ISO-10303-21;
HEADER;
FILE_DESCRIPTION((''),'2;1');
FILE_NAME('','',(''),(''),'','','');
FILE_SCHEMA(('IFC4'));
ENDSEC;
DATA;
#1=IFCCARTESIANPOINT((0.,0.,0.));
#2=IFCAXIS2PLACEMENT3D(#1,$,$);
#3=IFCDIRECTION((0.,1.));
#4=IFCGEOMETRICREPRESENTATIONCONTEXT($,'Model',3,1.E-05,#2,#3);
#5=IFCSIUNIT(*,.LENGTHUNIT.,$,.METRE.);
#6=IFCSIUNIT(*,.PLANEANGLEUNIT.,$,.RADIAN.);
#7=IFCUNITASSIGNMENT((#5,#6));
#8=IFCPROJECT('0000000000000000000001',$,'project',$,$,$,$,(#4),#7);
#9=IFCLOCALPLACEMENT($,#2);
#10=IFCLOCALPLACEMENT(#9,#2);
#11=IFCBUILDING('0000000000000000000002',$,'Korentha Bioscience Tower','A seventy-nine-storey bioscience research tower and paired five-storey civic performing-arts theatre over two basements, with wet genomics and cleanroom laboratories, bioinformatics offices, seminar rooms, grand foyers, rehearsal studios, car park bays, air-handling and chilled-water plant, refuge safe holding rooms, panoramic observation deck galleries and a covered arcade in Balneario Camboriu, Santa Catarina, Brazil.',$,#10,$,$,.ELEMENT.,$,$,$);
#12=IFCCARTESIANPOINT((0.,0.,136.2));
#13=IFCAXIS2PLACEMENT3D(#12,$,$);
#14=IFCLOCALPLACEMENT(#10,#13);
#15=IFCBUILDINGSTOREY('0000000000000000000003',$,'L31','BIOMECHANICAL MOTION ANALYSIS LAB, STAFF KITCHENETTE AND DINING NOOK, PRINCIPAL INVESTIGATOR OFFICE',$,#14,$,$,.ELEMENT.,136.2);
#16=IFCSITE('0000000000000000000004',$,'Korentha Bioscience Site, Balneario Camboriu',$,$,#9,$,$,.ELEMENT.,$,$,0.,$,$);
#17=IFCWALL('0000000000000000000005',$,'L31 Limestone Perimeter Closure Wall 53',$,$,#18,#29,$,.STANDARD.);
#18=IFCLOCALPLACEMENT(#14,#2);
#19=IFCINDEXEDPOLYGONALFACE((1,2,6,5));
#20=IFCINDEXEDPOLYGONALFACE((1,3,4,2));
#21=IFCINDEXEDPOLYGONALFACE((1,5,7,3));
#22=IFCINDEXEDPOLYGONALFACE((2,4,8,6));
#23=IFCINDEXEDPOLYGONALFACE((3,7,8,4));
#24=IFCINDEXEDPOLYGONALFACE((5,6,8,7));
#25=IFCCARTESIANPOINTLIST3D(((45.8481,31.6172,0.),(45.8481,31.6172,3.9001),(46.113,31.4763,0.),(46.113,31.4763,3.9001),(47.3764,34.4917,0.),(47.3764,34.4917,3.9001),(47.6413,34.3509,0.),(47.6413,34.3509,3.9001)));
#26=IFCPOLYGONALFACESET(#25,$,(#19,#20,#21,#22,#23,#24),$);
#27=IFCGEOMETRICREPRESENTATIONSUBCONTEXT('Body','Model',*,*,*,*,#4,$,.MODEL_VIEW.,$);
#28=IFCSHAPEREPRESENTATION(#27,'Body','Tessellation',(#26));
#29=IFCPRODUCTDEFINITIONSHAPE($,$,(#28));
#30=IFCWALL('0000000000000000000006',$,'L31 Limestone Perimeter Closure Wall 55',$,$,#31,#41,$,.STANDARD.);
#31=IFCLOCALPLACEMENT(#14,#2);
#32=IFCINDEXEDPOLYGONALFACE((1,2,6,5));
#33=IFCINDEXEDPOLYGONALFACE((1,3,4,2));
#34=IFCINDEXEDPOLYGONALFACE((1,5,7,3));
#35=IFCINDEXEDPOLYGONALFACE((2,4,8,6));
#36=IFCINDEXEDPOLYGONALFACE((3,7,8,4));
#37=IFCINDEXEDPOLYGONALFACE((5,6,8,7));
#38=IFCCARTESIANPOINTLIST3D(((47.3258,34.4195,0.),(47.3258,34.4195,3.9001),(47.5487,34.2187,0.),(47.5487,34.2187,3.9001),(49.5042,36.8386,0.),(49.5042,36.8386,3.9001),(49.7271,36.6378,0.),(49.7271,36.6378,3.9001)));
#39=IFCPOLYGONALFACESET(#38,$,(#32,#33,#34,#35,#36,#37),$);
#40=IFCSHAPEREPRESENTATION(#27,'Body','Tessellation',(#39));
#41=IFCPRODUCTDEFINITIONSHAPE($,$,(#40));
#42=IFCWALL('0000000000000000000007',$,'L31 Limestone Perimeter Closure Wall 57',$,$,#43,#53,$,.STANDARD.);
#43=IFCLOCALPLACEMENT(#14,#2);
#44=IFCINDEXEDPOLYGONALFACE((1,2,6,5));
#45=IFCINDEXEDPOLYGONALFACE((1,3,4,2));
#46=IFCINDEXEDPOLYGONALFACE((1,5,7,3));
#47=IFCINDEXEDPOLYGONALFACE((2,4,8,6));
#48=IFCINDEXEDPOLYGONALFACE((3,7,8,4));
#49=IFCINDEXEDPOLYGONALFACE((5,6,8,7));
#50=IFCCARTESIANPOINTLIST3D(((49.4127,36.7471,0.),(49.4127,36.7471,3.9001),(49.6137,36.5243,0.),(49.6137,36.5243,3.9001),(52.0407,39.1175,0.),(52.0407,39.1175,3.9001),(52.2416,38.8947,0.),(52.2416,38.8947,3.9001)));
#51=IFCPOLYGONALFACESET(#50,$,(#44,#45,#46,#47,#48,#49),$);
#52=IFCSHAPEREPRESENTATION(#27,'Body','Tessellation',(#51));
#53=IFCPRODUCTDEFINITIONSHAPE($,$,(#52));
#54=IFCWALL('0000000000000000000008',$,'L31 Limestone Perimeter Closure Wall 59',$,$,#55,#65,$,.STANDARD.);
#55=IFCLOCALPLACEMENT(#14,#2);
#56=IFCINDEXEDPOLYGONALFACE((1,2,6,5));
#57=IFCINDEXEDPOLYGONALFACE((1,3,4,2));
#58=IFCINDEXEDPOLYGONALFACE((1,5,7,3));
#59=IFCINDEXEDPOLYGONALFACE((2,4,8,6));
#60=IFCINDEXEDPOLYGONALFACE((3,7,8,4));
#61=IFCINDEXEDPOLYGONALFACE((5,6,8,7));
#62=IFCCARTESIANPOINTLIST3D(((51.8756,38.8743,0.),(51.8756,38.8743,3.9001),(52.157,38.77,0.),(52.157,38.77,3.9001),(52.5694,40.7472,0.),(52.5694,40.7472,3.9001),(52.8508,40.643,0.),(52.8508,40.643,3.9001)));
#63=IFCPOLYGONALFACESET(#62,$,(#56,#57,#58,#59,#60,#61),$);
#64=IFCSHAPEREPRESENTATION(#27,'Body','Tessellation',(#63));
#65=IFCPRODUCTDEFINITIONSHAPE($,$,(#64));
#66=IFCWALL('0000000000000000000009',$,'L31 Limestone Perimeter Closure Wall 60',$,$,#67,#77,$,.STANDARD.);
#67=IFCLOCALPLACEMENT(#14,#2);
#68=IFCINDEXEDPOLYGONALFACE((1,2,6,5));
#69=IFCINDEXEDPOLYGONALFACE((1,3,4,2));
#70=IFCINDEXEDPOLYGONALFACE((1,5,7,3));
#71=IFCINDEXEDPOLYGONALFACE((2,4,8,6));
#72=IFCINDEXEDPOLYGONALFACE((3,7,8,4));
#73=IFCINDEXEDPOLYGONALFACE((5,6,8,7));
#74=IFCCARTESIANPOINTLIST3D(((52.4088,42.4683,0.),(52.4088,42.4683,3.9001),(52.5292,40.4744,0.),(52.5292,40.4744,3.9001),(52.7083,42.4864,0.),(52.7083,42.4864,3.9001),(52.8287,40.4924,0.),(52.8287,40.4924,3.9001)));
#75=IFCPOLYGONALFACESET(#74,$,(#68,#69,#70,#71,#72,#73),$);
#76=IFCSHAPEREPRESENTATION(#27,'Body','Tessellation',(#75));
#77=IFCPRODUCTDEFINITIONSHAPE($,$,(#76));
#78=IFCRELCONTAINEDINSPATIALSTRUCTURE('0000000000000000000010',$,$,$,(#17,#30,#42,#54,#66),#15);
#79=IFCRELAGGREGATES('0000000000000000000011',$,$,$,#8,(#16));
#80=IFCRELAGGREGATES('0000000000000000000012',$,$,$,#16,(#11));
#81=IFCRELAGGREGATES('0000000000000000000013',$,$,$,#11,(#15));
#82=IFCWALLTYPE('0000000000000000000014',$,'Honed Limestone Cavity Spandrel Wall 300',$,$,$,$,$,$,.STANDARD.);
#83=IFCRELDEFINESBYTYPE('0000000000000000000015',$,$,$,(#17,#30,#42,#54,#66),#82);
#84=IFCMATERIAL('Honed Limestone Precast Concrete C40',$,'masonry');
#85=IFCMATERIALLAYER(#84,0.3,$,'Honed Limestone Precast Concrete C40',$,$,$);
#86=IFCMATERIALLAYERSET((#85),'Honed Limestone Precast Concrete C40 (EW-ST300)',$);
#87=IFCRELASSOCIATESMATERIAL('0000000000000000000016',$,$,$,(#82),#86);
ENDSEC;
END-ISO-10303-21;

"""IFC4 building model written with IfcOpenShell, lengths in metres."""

from ifc_helpers import new_model, si_unit, direction, frame, frame_2d, origin, place, context, subcontext, project, spatial, rectangle, extrude, material, layer, layer_set, type_object, element, save


model = new_model("IFC4")

# Units and contexts
model_context = context("Model", 3, precision=1e-05, world=origin(), true_north=direction((0.0, 1.0)))
body_context = subcontext(model_context, "Body", "Model", "MODEL_VIEW")
ifc_project = project(units=[si_unit("LENGTHUNIT", "METRE"), si_unit("PLANEANGLEUNIT", "RADIAN")], contexts=[model_context])

# Site, building, storey
site_placement = place(None, origin())
site = spatial("IfcSite", under=ifc_project, at=site_placement, Name="Korentha Bioscience Site, Balneario Camboriu", CompositionType="ELEMENT", RefElevation=0.0)
building_placement = place(site_placement, origin())
building = spatial("IfcBuilding", under=site, at=building_placement, Name="Korentha Bioscience Tower", Description="A seventy-nine-storey bioscience research tower and paired five-storey civic performing-arts theatre over two basements, with wet genomics and cleanroom laboratories, bioinformatics offices, seminar rooms, grand foyers, rehearsal studios, car park bays, air-handling and chilled-water plant, refuge safe holding rooms, panoramic observation deck galleries and a covered arcade in Balneario Camboriu, Santa Catarina, Brazil.", CompositionType="ELEMENT")
storey_placement = place(building_placement, frame((0.0, 0.0, 136.2)))
storey = spatial("IfcBuildingStorey", under=building, at=storey_placement, Name="L31", Description="BIOMECHANICAL MOTION ANALYSIS LAB, STAFF KITCHENETTE AND DINING NOOK, PRINCIPAL INVESTIGATOR OFFICE", CompositionType="ELEMENT", Elevation=136.2)

# Walls
ifc_material_1 = material(Name="Honed Limestone Precast Concrete C40", Category="masonry")
ifc_layer_1 = layer(ifc_material_1, 0.3, Name="Honed Limestone Precast Concrete C40")
ifc_layer_set_1 = layer_set([ifc_layer_1], Name="Honed Limestone Precast Concrete C40 (EW-ST300)")
wall_type_1 = type_object("IfcWallType", Name="Honed Limestone Cavity Spandrel Wall 300", PredefinedType="STANDARD", material=ifc_layer_set_1)
wall_1_placement = place(storey_placement, frame((45.9805, 31.5466, 0.0), z_axis=(0.0, 0.0, 1.0), x_axis=(0.469451, 0.882958, 0.0)))
element("IfcWall", 1, at=wall_1_placement, inside=storey, type_object=wall_type_1, Name="L31 Limestone Perimeter Closure Wall 53", PredefinedType="STANDARD", context=body_context, shape_type="SweptSolid", body=[
    extrude(rectangle(XDim=3.2556, YDim=0.3, at=frame_2d((1.6279, 0.0))), origin(), (0.0, 0.0, 1.0), 3.9001),
])
wall_2_placement = place(storey_placement, frame((47.4373, 34.3191, 0.0), z_axis=(0.0, 0.0, 1.0), x_axis=(0.669168, 0.743111, 0.0)))
element("IfcWall", 2, at=wall_2_placement, inside=storey, type_object=wall_type_1, Name="L31 Limestone Perimeter Closure Wall 55", PredefinedType="STANDARD", context=body_context, shape_type="SweptSolid", body=[
    extrude(rectangle(XDim=3.2554, YDim=0.3, at=frame_2d((1.6277, 0.0))), origin(), (0.0, 0.0, 1.0), 3.9001),
])
wall_3_placement = place(storey_placement, frame((49.5132, 36.6357, 0.0), z_axis=(0.0, 0.0, 1.0), x_axis=(0.74256, 0.66978, 0.0)))
element("IfcWall", 3, at=wall_3_placement, inside=storey, type_object=wall_type_1, Name="L31 Limestone Perimeter Closure Wall 57", PredefinedType="STANDARD", context=body_context, shape_type="SweptSolid", body=[
    extrude(rectangle(XDim=3.5391, YDim=0.3, at=frame_2d((1.7695, 0.0))), origin(), (0.0, 0.0, 1.0), 3.9001),
])
wall_4_placement = place(storey_placement, frame((52.0164, 38.8223, 0.0), z_axis=(0.0, 0.0, 1.0), x_axis=(0.34737, 0.937728, 0.0)))
element("IfcWall", 4, at=wall_4_placement, inside=storey, type_object=wall_type_1, Name="L31 Limestone Perimeter Closure Wall 59", PredefinedType="STANDARD", context=body_context, shape_type="SweptSolid", body=[
    extrude(rectangle(XDim=1.9973, YDim=0.3, at=frame_2d((0.9985, 0.0))), origin(), (0.0, 0.0, 1.0), 3.9001),
])
wall_5_placement = place(storey_placement, frame((52.679, 40.4834, 0.0), z_axis=(0.0, 0.0, 1.0), x_axis=(-0.060255, 0.998183, 0.0)))
element("IfcWall", 5, at=wall_5_placement, inside=storey, type_object=wall_type_1, Name="L31 Limestone Perimeter Closure Wall 60", PredefinedType="STANDARD", context=body_context, shape_type="SweptSolid", body=[
    extrude(rectangle(XDim=1.9976, YDim=0.3, at=frame_2d((0.9988, 0.0))), origin(), (0.0, 0.0, 1.0), 3.9001),
])

save(model, "model.ifc")
